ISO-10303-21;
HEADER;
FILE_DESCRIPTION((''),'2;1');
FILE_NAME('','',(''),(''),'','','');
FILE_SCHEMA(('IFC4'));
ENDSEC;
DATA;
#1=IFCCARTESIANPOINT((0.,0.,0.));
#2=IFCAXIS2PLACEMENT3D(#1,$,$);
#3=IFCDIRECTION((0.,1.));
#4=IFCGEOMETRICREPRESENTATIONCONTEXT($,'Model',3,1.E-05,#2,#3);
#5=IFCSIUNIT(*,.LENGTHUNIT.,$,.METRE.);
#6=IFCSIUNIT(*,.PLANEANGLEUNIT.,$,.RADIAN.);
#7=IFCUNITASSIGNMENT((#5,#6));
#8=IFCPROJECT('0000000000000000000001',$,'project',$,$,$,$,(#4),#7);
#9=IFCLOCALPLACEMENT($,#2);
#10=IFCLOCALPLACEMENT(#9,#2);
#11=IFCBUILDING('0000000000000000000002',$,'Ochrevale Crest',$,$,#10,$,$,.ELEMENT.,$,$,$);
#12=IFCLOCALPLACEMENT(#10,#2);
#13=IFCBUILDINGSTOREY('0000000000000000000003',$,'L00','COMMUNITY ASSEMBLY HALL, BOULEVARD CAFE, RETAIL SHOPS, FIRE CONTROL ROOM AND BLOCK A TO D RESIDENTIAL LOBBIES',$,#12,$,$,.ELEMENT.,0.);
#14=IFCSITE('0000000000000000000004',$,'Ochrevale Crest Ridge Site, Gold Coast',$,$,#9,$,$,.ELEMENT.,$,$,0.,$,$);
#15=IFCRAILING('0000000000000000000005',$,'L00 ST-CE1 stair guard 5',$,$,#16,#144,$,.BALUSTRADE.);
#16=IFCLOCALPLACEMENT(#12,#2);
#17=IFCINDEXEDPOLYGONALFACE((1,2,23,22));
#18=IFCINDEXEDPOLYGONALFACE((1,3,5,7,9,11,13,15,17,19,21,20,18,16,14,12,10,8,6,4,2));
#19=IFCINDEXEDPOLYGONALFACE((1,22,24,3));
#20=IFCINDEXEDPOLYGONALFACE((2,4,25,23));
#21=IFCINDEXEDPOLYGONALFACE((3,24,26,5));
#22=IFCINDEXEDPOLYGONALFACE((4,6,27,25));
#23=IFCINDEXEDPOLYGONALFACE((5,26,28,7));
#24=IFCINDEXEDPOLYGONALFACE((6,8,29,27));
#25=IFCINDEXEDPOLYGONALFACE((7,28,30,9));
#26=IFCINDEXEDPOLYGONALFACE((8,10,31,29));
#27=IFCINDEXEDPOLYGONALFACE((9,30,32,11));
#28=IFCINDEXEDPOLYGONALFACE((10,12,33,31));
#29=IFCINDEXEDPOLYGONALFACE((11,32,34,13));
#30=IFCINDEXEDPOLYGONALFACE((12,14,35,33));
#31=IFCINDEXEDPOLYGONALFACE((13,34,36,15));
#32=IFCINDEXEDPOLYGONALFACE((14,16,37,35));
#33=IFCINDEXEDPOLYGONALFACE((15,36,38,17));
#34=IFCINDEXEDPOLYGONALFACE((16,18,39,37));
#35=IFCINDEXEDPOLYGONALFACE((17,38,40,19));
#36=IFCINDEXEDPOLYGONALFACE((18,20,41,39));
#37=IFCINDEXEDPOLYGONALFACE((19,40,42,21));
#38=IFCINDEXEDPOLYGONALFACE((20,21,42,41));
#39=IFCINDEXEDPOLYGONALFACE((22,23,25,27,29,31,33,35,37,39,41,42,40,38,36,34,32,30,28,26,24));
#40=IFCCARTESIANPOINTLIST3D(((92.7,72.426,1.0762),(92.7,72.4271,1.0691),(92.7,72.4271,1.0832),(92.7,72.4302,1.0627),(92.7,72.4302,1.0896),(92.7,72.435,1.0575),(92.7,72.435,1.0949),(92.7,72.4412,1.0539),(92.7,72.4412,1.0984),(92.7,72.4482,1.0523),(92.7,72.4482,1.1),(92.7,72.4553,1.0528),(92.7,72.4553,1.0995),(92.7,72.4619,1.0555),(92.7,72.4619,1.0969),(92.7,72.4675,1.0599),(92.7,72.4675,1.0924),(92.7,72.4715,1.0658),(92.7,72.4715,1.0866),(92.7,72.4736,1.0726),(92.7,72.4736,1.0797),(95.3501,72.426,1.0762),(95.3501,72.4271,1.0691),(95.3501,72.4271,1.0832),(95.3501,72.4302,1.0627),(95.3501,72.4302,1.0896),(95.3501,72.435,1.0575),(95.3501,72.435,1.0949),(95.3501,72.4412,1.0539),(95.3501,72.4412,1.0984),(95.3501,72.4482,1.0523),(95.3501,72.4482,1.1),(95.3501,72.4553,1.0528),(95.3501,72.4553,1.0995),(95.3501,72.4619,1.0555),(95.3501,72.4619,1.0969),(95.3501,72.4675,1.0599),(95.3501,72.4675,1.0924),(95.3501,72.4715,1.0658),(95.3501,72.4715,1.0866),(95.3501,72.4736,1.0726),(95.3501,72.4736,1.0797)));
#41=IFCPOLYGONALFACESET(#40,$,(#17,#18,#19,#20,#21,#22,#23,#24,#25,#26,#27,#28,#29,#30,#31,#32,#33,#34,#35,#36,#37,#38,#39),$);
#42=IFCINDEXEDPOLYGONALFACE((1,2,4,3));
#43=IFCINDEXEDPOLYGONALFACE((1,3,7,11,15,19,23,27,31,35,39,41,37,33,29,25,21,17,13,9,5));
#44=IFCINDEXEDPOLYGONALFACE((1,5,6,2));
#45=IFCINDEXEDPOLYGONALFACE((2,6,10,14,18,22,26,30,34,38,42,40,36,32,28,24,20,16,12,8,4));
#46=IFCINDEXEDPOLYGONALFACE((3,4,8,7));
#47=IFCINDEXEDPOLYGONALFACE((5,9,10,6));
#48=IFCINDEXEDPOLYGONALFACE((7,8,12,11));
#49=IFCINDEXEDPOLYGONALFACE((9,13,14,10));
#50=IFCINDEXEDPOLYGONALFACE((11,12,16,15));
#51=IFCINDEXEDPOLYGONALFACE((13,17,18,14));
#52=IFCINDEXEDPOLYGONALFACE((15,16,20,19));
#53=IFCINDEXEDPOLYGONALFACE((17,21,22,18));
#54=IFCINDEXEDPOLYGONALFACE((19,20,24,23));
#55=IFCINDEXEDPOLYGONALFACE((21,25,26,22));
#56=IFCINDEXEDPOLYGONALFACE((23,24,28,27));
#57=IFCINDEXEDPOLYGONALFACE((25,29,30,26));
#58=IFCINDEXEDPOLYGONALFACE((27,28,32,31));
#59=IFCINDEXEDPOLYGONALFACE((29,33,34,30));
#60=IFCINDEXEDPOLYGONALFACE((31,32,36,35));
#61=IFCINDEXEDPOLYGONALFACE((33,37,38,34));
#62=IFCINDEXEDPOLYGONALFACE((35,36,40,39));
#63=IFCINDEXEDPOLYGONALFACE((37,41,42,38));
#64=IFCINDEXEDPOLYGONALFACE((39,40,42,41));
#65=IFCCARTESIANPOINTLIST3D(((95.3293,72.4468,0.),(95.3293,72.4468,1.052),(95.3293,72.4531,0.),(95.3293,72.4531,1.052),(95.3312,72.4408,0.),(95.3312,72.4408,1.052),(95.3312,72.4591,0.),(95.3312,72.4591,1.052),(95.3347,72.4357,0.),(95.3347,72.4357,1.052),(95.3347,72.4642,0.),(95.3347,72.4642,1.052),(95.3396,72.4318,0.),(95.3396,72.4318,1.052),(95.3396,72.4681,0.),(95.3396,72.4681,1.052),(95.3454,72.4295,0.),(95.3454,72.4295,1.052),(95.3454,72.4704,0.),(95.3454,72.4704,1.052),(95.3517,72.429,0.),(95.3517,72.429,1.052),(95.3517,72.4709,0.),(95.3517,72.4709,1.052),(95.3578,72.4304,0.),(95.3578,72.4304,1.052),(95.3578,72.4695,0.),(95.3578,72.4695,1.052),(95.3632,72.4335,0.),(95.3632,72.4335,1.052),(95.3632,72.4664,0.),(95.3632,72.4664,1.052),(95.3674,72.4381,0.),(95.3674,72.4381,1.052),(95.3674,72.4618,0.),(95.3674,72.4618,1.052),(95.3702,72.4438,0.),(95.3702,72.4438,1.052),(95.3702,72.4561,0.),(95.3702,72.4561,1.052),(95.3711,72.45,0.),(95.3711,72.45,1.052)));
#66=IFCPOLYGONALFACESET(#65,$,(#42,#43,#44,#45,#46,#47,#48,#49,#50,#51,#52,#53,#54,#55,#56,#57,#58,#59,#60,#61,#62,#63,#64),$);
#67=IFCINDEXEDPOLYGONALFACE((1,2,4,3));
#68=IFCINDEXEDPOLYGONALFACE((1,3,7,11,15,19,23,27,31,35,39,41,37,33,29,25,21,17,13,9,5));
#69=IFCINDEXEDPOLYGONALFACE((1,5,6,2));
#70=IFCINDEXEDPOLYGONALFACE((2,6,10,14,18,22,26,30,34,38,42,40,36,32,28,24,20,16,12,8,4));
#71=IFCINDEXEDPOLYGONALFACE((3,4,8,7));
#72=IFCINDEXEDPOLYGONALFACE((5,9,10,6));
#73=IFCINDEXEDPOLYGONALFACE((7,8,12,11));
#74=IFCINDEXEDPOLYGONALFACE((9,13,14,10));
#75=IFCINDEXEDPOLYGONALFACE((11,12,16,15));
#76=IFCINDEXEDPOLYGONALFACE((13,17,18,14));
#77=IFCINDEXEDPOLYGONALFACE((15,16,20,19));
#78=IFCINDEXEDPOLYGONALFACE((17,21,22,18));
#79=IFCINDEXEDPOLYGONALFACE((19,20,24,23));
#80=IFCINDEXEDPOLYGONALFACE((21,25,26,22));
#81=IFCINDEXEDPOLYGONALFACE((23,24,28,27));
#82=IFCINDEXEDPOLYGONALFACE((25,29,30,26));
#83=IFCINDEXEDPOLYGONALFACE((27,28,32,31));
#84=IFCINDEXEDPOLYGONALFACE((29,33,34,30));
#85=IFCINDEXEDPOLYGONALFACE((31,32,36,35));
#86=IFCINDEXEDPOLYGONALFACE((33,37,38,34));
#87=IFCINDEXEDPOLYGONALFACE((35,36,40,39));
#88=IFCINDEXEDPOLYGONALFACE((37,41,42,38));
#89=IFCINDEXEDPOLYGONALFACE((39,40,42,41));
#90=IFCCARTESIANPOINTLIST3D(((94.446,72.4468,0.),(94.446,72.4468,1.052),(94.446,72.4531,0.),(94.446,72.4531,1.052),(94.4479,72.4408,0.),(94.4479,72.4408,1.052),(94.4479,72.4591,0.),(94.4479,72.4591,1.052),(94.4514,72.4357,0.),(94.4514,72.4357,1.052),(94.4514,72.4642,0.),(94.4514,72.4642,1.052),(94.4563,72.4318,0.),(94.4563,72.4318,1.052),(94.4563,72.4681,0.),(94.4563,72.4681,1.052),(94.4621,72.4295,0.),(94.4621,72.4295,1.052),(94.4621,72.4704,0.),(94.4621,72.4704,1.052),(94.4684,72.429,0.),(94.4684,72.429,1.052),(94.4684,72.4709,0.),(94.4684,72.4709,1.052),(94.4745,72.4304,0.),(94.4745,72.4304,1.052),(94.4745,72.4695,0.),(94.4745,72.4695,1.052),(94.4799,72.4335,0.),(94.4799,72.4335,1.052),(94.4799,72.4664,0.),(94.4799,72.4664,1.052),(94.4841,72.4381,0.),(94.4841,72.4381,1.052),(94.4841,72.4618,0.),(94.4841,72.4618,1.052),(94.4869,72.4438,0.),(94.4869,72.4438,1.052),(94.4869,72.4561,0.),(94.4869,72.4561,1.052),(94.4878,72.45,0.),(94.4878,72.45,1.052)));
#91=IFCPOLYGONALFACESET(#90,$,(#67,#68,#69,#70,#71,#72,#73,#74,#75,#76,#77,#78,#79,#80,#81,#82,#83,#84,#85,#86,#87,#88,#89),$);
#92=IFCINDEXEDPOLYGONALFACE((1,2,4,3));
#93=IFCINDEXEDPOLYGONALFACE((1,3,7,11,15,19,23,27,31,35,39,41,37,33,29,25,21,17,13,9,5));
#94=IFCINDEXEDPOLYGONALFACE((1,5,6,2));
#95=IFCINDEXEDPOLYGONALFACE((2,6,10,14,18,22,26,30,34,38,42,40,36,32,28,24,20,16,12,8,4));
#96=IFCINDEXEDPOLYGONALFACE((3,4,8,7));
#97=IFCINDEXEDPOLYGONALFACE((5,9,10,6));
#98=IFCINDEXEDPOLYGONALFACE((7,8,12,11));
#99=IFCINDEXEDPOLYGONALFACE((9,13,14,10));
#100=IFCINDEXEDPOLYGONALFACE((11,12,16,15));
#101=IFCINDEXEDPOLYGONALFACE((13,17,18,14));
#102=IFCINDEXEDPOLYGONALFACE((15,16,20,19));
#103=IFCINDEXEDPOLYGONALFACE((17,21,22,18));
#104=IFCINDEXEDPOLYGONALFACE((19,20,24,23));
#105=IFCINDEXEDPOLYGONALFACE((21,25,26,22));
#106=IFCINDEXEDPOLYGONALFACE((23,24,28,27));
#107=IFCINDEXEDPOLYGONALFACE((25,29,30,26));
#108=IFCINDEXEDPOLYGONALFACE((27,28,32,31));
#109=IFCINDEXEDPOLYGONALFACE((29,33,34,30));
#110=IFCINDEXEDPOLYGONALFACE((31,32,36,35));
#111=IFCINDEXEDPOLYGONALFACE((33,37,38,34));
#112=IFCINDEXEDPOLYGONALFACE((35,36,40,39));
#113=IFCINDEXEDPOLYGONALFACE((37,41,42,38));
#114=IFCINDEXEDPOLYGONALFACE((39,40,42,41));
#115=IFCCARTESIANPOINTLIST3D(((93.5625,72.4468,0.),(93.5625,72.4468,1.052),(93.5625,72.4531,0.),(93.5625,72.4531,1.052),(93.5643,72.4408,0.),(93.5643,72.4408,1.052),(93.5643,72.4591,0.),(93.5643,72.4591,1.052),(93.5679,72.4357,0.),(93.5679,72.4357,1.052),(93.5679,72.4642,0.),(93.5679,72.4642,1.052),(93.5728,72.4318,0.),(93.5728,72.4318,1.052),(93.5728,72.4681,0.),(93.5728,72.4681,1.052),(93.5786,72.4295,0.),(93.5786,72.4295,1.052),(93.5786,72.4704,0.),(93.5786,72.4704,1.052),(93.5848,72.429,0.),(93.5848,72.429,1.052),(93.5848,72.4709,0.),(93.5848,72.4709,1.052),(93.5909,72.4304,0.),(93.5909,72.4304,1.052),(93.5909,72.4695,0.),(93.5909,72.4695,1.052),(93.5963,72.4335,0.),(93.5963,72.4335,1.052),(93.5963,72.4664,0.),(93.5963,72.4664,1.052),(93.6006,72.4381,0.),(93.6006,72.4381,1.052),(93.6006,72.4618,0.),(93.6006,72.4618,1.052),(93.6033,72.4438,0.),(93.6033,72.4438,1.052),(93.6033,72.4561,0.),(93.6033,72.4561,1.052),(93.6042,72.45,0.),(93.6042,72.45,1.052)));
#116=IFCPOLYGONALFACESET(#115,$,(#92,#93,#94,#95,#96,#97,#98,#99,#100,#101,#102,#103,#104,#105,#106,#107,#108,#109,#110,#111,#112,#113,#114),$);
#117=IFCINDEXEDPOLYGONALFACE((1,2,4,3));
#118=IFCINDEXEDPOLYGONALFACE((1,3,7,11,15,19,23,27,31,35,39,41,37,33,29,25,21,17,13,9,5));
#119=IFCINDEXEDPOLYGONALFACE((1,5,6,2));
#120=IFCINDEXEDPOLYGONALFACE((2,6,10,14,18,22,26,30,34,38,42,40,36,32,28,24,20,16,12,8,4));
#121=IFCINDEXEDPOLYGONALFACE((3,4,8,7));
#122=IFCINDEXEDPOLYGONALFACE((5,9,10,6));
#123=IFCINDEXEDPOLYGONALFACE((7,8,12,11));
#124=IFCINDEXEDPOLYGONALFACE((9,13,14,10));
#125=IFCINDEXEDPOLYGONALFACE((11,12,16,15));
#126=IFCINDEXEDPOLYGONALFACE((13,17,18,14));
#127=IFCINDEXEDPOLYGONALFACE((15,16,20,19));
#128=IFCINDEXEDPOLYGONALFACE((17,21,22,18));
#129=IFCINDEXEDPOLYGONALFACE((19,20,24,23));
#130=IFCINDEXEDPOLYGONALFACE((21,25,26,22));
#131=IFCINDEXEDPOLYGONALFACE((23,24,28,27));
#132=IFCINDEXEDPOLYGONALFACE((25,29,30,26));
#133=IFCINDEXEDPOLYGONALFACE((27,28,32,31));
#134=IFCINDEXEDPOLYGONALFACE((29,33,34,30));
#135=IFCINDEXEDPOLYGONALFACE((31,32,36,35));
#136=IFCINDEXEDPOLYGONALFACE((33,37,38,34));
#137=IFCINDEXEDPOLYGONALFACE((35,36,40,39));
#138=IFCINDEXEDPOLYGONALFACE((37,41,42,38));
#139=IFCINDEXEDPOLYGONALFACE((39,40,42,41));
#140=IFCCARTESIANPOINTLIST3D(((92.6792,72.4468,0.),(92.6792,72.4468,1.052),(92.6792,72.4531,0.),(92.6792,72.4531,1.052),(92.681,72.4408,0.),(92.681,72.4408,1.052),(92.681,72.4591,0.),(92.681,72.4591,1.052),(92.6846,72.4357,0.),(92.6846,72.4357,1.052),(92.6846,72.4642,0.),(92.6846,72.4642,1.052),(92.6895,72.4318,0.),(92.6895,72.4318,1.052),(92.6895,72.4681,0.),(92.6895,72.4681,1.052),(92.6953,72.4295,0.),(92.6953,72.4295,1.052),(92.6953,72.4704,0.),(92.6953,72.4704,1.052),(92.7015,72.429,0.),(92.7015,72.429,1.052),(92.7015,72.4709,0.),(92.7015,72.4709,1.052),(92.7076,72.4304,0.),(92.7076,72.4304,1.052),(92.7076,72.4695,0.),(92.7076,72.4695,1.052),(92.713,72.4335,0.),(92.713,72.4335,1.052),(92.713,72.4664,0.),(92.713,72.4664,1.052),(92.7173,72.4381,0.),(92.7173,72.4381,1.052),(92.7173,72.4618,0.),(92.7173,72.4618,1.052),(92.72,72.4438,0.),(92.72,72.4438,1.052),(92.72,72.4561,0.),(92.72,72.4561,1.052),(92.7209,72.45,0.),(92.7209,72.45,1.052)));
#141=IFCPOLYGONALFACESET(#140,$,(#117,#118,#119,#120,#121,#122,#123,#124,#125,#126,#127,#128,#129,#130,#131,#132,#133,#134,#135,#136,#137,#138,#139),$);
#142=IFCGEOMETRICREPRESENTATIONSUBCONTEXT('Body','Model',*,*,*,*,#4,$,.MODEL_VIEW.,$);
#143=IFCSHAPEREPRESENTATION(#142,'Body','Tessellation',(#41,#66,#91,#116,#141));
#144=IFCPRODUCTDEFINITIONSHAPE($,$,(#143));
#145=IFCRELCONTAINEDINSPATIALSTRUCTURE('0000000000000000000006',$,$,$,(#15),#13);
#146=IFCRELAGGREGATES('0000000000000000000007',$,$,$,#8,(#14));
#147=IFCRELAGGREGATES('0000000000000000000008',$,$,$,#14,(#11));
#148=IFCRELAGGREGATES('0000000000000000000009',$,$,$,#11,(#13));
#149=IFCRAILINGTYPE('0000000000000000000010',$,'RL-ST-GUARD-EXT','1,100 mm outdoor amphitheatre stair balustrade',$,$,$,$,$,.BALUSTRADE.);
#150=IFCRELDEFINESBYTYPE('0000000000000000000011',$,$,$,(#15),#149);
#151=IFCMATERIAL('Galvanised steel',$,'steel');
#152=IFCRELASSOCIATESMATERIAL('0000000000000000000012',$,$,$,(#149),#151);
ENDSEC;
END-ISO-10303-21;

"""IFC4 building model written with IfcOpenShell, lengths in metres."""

from ifc_helpers import new_model, si_unit, direction, frame, origin, origin_2d, place, context, subcontext, project, spatial, circle, extrude, material, type_object, element, save


model = new_model("IFC4")

# Units and contexts
model_context = context("Model", 3, precision=1e-05, world=origin(), true_north=direction((0.0, 1.0)))
body_context = subcontext(model_context, "Body", "Model", "MODEL_VIEW")
ifc_project = project(units=[si_unit("LENGTHUNIT", "METRE"), si_unit("PLANEANGLEUNIT", "RADIAN")], contexts=[model_context])

# Site, building, storey
site_placement = place(None, origin())
site = spatial("IfcSite", under=ifc_project, at=site_placement, Name="Ochrevale Crest Ridge Site, Gold Coast", CompositionType="ELEMENT", RefElevation=0.0)
building_placement = place(site_placement, origin())
building = spatial("IfcBuilding", under=site, at=building_placement, Name="Ochrevale Crest", CompositionType="ELEMENT")
storey_placement = place(building_placement, origin())
storey = spatial("IfcBuildingStorey", under=building, at=storey_placement, Name="L00", Description="COMMUNITY ASSEMBLY HALL, BOULEVARD CAFE, RETAIL SHOPS, FIRE CONTROL ROOM AND BLOCK A TO D RESIDENTIAL LOBBIES", CompositionType="ELEMENT", Elevation=0.0)

# Railing
ifc_material_1 = material(Name="Galvanised steel", Category="steel")
railing_type_1 = type_object("IfcRailingType", Name="RL-ST-GUARD-EXT", Description="1,100 mm outdoor amphitheatre stair balustrade", PredefinedType="BALUSTRADE", material=ifc_material_1)
railing_1_placement = place(storey_placement, frame((95.3501, 72.45, 0.0)))
element("IfcRailing", 1, at=railing_1_placement, inside=storey, type_object=railing_type_1, Name="L00 ST-CE1 stair guard 5", PredefinedType="BALUSTRADE", context=body_context, shape_type="SweptSolid", body=[
    extrude(circle(Radius=0.0239, at=origin_2d()), frame((0.0, 0.0, 1.0762), z_axis=(-1.0, 0.0, 0.0), x_axis=(0.0, -1.0, 0.0)), (0.0, 0.0, 1.0), 2.6501),
    extrude(circle(Radius=0.021, at=origin_2d()), origin(), (0.0, 0.0, 1.0), 1.052),
    extrude(circle(Radius=0.021, at=origin_2d()), frame((-0.8833, 0.0, 0.0)), (0.0, 0.0, 1.0), 1.052),
    extrude(circle(Radius=0.021, at=origin_2d()), frame((-1.7668, 0.0, 0.0)), (0.0, 0.0, 1.0), 1.052),
    extrude(circle(Radius=0.021, at=origin_2d()), frame((-2.6501, 0.0, 0.0)), (0.0, 0.0, 1.0), 1.052),
])

save(model, "model.ifc")
